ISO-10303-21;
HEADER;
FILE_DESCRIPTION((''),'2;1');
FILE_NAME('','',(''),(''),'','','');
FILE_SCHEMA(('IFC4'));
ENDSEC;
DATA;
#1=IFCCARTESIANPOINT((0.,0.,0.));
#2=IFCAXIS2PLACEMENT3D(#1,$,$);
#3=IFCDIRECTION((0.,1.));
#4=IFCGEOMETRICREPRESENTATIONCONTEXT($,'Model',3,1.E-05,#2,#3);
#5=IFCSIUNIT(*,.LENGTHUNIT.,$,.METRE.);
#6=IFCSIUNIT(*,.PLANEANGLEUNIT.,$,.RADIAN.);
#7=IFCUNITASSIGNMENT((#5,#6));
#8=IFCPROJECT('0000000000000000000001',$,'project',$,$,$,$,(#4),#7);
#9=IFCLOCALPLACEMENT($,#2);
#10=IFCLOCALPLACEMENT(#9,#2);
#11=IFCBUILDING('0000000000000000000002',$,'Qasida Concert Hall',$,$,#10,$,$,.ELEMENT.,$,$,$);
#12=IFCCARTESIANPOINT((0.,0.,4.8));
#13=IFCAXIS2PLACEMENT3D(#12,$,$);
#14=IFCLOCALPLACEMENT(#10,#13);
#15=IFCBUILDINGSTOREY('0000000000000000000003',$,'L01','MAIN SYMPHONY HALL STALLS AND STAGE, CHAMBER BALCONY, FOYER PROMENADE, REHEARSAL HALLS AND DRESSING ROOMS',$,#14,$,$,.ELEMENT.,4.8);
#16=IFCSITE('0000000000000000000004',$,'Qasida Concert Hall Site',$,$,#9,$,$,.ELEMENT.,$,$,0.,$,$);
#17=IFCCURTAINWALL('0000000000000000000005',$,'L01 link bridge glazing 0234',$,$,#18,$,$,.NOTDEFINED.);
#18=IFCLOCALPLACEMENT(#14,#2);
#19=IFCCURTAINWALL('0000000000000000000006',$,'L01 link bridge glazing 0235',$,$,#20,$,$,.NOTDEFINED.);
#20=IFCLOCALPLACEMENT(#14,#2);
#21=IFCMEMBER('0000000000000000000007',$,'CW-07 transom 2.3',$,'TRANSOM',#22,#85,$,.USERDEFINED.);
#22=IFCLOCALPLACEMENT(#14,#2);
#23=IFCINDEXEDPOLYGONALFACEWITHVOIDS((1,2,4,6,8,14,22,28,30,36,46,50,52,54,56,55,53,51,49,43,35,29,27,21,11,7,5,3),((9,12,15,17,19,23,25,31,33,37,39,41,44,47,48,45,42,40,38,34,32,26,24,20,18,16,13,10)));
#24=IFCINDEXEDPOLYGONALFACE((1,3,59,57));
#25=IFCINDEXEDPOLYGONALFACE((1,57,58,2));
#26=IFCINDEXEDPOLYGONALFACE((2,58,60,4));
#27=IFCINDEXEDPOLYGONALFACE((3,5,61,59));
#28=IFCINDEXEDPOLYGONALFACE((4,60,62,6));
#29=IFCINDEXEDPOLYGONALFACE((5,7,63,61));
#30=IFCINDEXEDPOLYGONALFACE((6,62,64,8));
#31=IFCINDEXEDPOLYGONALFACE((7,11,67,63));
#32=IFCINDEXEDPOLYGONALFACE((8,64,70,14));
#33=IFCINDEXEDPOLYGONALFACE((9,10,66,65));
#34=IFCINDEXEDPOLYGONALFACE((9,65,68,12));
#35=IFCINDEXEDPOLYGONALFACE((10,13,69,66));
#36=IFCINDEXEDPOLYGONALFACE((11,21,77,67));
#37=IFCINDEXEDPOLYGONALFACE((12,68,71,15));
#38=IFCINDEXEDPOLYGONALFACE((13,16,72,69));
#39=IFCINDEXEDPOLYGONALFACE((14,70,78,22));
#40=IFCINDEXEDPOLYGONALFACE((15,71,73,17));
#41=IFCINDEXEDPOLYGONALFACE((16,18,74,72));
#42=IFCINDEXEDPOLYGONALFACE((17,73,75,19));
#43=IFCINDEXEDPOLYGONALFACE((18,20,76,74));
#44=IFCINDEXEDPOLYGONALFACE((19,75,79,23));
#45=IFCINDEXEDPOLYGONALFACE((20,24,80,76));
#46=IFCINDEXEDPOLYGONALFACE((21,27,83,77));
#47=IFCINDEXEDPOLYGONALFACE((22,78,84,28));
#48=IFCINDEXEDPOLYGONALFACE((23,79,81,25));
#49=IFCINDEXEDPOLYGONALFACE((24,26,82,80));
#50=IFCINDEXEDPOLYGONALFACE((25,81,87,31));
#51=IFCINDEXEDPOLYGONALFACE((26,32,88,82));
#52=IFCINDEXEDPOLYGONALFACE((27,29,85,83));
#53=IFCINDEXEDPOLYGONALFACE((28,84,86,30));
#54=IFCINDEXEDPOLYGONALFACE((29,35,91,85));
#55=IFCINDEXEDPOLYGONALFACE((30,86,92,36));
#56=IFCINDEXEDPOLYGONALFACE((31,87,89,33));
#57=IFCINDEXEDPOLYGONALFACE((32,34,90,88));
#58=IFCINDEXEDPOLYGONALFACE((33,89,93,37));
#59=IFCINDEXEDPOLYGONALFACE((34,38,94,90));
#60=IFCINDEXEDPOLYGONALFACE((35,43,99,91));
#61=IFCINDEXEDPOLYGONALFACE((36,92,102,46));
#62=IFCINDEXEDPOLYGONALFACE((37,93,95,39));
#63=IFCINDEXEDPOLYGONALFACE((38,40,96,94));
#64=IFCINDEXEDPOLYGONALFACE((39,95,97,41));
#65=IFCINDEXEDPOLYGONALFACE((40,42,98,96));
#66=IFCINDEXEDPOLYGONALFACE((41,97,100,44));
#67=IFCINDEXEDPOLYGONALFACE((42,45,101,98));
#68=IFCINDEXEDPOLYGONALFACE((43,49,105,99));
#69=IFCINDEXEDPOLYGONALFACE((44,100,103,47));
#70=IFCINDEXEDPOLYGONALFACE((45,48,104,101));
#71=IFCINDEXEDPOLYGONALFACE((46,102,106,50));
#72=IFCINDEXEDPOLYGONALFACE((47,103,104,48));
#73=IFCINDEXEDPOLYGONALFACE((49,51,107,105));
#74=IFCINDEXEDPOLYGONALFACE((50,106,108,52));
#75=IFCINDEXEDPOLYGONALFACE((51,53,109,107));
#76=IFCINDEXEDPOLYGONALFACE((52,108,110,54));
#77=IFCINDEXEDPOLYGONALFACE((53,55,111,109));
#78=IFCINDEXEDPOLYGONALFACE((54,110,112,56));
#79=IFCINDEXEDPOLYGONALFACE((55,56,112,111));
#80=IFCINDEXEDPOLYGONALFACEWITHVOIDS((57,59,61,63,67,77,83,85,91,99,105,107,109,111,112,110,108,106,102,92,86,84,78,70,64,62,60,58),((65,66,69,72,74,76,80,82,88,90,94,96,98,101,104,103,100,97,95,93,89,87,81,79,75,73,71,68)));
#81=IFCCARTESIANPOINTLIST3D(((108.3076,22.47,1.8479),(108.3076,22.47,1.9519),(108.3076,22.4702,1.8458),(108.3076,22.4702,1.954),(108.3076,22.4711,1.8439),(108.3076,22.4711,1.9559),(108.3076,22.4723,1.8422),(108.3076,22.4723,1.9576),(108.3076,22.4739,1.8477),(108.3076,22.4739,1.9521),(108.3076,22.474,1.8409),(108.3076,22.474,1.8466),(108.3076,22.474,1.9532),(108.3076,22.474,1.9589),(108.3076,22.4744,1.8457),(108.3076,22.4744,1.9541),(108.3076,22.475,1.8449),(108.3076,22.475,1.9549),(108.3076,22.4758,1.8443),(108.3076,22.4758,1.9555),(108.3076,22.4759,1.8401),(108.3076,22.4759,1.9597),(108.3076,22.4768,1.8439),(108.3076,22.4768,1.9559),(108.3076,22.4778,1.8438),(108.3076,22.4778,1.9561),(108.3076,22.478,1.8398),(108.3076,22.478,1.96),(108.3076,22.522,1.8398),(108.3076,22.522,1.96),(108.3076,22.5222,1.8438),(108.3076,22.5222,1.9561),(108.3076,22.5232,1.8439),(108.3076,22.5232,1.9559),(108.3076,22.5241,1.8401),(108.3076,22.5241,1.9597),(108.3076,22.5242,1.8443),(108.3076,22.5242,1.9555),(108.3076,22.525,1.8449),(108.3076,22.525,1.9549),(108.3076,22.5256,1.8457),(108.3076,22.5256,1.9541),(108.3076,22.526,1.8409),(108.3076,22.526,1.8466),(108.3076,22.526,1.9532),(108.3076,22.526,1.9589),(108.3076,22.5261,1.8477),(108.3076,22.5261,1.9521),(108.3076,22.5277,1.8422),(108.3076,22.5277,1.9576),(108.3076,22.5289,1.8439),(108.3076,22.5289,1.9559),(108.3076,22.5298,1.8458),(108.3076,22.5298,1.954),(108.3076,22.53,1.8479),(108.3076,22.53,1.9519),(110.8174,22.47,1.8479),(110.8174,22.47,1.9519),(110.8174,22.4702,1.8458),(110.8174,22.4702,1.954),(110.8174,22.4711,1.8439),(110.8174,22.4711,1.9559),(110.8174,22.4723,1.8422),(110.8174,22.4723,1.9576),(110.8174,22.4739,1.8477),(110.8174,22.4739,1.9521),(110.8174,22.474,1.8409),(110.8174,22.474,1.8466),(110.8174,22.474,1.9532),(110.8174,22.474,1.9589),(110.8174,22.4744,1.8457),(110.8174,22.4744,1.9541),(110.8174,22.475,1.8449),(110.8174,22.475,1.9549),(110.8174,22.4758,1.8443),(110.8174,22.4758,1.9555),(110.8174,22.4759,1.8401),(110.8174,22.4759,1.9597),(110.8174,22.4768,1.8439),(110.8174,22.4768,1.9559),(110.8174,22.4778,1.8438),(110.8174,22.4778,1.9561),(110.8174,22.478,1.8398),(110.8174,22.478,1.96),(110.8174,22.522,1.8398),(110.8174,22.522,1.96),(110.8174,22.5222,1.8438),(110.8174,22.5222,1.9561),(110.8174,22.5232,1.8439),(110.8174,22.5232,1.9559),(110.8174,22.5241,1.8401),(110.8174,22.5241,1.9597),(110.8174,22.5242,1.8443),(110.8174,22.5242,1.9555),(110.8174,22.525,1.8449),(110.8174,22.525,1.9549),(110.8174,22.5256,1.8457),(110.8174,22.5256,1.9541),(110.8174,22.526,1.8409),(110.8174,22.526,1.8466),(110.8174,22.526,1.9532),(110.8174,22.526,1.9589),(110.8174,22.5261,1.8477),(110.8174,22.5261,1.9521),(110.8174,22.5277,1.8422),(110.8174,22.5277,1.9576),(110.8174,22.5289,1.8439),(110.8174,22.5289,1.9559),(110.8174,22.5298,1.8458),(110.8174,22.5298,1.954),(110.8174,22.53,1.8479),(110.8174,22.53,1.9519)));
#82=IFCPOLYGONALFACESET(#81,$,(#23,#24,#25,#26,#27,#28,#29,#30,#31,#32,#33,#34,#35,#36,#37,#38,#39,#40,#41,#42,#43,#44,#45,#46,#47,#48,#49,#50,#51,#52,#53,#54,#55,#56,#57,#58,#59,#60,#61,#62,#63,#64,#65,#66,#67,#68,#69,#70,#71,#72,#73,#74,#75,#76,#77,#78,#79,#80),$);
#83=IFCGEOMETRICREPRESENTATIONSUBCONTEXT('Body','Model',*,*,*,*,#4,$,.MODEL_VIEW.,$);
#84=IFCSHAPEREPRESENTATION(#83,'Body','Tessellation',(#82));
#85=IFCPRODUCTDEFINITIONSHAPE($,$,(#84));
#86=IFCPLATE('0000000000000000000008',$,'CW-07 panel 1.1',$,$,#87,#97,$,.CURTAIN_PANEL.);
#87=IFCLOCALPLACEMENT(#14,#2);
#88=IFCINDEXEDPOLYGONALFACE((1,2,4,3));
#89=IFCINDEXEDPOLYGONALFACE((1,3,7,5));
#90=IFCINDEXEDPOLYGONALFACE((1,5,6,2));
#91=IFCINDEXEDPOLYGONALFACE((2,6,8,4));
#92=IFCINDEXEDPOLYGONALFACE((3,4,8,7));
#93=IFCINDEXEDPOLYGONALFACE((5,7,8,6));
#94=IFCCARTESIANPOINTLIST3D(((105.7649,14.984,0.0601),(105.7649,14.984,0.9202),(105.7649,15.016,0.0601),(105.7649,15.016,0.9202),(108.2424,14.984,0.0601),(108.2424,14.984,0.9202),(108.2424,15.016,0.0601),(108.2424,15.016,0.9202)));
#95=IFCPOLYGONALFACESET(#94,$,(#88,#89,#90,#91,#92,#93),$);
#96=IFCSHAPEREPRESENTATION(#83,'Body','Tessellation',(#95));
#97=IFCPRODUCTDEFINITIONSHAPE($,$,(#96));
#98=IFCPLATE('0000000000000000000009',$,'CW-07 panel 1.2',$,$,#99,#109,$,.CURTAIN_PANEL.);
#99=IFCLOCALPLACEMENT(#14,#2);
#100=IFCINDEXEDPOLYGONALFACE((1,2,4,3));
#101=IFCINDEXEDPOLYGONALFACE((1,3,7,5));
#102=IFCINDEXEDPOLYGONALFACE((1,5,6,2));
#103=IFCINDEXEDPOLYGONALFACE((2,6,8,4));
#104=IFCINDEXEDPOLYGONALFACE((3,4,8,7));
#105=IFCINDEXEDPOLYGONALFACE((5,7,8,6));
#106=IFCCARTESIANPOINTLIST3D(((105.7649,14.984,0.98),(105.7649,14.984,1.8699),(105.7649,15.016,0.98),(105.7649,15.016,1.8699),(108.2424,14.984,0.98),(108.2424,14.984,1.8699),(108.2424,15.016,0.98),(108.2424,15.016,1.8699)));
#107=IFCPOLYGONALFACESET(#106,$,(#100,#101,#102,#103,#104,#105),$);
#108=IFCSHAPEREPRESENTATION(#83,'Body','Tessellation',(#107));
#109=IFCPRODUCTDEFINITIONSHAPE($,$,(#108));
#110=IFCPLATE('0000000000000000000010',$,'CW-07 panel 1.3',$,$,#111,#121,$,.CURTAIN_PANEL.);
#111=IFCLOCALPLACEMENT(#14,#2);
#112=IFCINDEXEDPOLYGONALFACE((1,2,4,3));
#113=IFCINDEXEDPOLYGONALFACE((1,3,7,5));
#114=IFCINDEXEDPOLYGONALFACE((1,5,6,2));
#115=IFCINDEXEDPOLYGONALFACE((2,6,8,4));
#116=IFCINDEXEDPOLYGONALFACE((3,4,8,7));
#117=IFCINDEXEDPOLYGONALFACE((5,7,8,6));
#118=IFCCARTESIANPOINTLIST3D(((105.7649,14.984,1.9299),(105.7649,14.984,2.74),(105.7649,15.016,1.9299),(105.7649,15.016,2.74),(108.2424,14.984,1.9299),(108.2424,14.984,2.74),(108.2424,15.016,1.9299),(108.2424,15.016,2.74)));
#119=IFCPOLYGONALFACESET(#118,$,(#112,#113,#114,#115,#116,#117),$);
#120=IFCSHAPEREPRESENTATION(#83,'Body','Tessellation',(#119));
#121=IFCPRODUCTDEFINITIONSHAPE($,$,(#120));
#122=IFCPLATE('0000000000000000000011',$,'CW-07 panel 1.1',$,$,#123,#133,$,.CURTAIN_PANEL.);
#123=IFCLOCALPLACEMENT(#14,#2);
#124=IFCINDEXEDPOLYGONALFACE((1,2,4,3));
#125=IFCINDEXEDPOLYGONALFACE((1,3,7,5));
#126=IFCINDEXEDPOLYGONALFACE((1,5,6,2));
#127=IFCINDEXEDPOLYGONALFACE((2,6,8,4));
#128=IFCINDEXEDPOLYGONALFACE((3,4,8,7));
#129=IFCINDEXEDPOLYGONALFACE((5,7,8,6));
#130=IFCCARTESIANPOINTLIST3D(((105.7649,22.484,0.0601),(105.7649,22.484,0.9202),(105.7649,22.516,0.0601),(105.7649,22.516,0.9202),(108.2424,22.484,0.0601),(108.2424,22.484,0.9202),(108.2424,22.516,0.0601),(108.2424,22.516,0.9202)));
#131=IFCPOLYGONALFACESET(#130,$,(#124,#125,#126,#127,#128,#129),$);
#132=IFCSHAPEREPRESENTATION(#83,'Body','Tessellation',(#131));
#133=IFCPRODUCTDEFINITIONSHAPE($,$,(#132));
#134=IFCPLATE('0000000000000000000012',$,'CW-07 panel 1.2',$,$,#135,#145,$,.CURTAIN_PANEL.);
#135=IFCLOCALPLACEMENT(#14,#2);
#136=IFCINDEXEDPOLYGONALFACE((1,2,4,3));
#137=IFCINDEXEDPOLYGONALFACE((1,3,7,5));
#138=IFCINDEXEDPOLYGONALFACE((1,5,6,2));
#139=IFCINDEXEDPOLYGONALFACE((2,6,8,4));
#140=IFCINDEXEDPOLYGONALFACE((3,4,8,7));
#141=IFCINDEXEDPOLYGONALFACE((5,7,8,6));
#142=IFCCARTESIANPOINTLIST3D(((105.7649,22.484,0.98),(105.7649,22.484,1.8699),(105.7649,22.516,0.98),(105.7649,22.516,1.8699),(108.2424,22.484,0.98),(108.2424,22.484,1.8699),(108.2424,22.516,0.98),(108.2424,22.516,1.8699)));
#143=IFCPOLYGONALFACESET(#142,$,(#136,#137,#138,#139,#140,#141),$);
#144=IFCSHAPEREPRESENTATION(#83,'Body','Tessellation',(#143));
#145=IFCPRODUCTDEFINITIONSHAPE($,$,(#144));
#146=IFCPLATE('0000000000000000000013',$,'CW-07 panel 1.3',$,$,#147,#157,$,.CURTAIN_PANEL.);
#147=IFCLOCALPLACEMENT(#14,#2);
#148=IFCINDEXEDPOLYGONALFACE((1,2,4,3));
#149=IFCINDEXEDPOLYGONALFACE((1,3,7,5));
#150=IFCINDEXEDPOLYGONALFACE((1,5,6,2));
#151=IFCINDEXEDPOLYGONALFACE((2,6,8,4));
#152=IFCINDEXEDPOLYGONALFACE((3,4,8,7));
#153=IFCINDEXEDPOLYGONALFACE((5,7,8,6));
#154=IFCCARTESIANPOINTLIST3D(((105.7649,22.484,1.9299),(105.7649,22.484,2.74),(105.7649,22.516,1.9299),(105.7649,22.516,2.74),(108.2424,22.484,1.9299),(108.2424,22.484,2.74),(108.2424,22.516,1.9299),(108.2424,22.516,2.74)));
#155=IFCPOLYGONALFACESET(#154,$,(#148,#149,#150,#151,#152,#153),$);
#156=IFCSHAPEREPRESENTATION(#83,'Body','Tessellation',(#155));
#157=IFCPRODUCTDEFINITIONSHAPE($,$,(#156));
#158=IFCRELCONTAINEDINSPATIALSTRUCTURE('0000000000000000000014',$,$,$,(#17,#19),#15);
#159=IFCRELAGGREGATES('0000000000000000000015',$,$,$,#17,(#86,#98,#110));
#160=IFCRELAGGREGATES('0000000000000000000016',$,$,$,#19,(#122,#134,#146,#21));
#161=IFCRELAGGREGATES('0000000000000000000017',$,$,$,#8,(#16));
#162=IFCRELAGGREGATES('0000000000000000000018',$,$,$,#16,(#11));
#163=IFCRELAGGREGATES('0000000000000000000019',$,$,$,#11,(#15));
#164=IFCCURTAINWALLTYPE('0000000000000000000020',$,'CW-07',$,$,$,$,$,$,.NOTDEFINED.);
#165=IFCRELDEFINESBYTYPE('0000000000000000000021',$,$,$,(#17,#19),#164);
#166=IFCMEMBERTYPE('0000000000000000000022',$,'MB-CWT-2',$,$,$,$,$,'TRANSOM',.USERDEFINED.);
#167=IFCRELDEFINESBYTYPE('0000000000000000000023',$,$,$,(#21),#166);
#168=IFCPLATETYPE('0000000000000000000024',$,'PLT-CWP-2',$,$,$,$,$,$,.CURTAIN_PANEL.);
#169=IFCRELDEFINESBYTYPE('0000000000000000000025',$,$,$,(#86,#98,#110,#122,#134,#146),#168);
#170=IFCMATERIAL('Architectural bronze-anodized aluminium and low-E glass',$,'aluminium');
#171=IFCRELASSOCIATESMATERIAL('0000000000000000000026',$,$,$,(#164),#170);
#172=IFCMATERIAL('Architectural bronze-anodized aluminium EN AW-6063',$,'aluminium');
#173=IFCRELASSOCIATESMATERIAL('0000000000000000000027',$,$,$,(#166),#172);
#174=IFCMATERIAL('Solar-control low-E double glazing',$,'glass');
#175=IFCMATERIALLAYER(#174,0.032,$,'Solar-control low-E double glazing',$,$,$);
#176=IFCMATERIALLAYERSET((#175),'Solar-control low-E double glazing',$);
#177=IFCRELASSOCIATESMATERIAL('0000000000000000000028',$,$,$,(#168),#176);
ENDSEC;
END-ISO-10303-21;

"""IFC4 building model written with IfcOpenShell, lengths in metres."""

from ifc_helpers import new_model, si_unit, direction, frame, origin, origin_2d, place, context, subcontext, project, spatial, rectangle, hollow_rectangle, extrude, material, layer, layer_set, material_profile, profile_set, type_object, element, aggregate, save


model = new_model("IFC4")

# Units and contexts
model_context = context("Model", 3, precision=1e-05, world=origin(), true_north=direction((0.0, 1.0)))
body_context = subcontext(model_context, "Body", "Model", "MODEL_VIEW")
ifc_project = project(units=[si_unit("LENGTHUNIT", "METRE"), si_unit("PLANEANGLEUNIT", "RADIAN")], contexts=[model_context])

# Site, building, storey
site_placement = place(None, origin())
site = spatial("IfcSite", under=ifc_project, at=site_placement, Name="Qasida Concert Hall Site", CompositionType="ELEMENT", RefElevation=0.0)
building_placement = place(site_placement, origin())
building = spatial("IfcBuilding", under=site, at=building_placement, Name="Qasida Concert Hall", CompositionType="ELEMENT")
storey_placement = place(building_placement, frame((0.0, 0.0, 4.8)))
storey = spatial("IfcBuildingStorey", under=building, at=storey_placement, Name="L01", Description="MAIN SYMPHONY HALL STALLS AND STAGE, CHAMBER BALCONY, FOYER PROMENADE, REHEARSAL HALLS AND DRESSING ROOMS", CompositionType="ELEMENT", Elevation=4.8)

# Curtain walls
ifc_material_1 = material(Name="Architectural bronze-anodized aluminium and low-E glass", Category="aluminium")
curtain_wall_type = type_object("IfcCurtainWallType", Name="CW-07", PredefinedType="NOTDEFINED", material=ifc_material_1)
curtain_wall_1_placement = place(storey_placement, origin())
curtain_wall_1 = element("IfcCurtainWall", 1, at=curtain_wall_1_placement, inside=storey, type_object=curtain_wall_type, Name="L01 link bridge glazing 0234", PredefinedType="NOTDEFINED")
ifc_material_2 = material(Name="Architectural bronze-anodized aluminium EN AW-6063", Category="aluminium")
curtain_wall_2_placement = place(storey_placement, origin())
curtain_wall_2 = element("IfcCurtainWall", 2, at=curtain_wall_2_placement, inside=storey, type_object=curtain_wall_type, Name="L01 link bridge glazing 0235", PredefinedType="NOTDEFINED")

# Member
ifc_material_profile_1 = material_profile(ifc_material_2, hollow_rectangle(XDim=0.0601, YDim=0.1201, WallThickness=0.0039, InnerFilletRadius=0.0039, OuterFilletRadius=0.0081, at=origin_2d()), Name="CWT 120x60x4")
ifc_profile_set_1 = profile_set([ifc_material_profile_1], Name="Architectural bronze-anodized aluminium EN AW-6063")
member_type_1 = type_object("IfcMemberType", Name="MB-CWT-2", ElementType="TRANSOM", PredefinedType="USERDEFINED", material=ifc_profile_set_1)
member_1_placement = place(storey_placement, frame((108.3076, 22.5, 1.8999), z_axis=(1.0, 0.0, 0.0), x_axis=(0.0, 1.0, 0.0)))
member_1 = element("IfcMember", 3, at=member_1_placement, type_object=member_type_1, Name="CW-07 transom 2.3", ObjectType="TRANSOM", PredefinedType="USERDEFINED", context=body_context, shape_type="SweptSolid", body=[
    extrude(hollow_rectangle(XDim=0.0601, YDim=0.1201, WallThickness=0.0039, InnerFilletRadius=0.0039, OuterFilletRadius=0.0081, at=origin_2d()), origin(), (0.0, 0.0, 1.0), 2.5098),
])

# Plates
ifc_material_3 = material(Name="Solar-control low-E double glazing", Category="glass")
ifc_layer = layer(ifc_material_3, 0.032, Name="Solar-control low-E double glazing")
ifc_layer_set = layer_set([ifc_layer], Name="Solar-control low-E double glazing")
plate_type = type_object("IfcPlateType", Name="PLT-CWP-2", PredefinedType="CURTAIN_PANEL", material=ifc_layer_set)
plate_1_placement = place(storey_placement, frame((107.0037, 15.0, 0.0601), z_axis=(0.0, 0.0, 1.0), x_axis=(1.0, 0.0, 0.0)))
plate_1 = element("IfcPlate", 4, at=plate_1_placement, type_object=plate_type, Name="CW-07 panel 1.1", PredefinedType="CURTAIN_PANEL", context=body_context, shape_type="SweptSolid", body=[
    extrude(rectangle(XDim=2.4775, YDim=0.032, at=origin_2d()), origin(), (0.0, 0.0, 1.0), 0.8601),
])
plate_2_placement = place(storey_placement, frame((107.0037, 15.0, 0.98), z_axis=(0.0, 0.0, 1.0), x_axis=(1.0, 0.0, 0.0)))
plate_2 = element("IfcPlate", 5, at=plate_2_placement, type_object=plate_type, Name="CW-07 panel 1.2", PredefinedType="CURTAIN_PANEL", context=body_context, shape_type="SweptSolid", body=[
    extrude(rectangle(XDim=2.4775, YDim=0.032, at=origin_2d()), origin(), (0.0, 0.0, 1.0), 0.8899),
])
plate_3_placement = place(storey_placement, frame((107.0037, 15.0, 1.9299), z_axis=(0.0, 0.0, 1.0), x_axis=(1.0, 0.0, 0.0)))
plate_3 = element("IfcPlate", 6, at=plate_3_placement, type_object=plate_type, Name="CW-07 panel 1.3", PredefinedType="CURTAIN_PANEL", context=body_context, shape_type="SweptSolid", body=[
    extrude(rectangle(XDim=2.4775, YDim=0.032, at=origin_2d()), origin(), (0.0, 0.0, 1.0), 0.8101),
])
aggregate(curtain_wall_1, [plate_1, plate_2, plate_3])
plate_4_placement = place(storey_placement, frame((107.0037, 22.5, 0.0601), z_axis=(0.0, 0.0, 1.0), x_axis=(1.0, 0.0, 0.0)))
plate_4 = element("IfcPlate", 7, at=plate_4_placement, type_object=plate_type, Name="CW-07 panel 1.1", PredefinedType="CURTAIN_PANEL", context=body_context, shape_type="SweptSolid", body=[
    extrude(rectangle(XDim=2.4775, YDim=0.032, at=origin_2d()), origin(), (0.0, 0.0, 1.0), 0.8601),
])
plate_5_placement = place(storey_placement, frame((107.0037, 22.5, 0.98), z_axis=(0.0, 0.0, 1.0), x_axis=(1.0, 0.0, 0.0)))
plate_5 = element("IfcPlate", 8, at=plate_5_placement, type_object=plate_type, Name="CW-07 panel 1.2", PredefinedType="CURTAIN_PANEL", context=body_context, shape_type="SweptSolid", body=[
    extrude(rectangle(XDim=2.4775, YDim=0.032, at=origin_2d()), origin(), (0.0, 0.0, 1.0), 0.8899),
])
plate_6_placement = place(storey_placement, frame((107.0037, 22.5, 1.9299), z_axis=(0.0, 0.0, 1.0), x_axis=(1.0, 0.0, 0.0)))
plate_6 = element("IfcPlate", 9, at=plate_6_placement, type_object=plate_type, Name="CW-07 panel 1.3", PredefinedType="CURTAIN_PANEL", context=body_context, shape_type="SweptSolid", body=[
    extrude(rectangle(XDim=2.4775, YDim=0.032, at=origin_2d()), origin(), (0.0, 0.0, 1.0), 0.8101),
])
aggregate(curtain_wall_2, [plate_4, plate_5, plate_6, member_1])

save(model, "model.ifc")
